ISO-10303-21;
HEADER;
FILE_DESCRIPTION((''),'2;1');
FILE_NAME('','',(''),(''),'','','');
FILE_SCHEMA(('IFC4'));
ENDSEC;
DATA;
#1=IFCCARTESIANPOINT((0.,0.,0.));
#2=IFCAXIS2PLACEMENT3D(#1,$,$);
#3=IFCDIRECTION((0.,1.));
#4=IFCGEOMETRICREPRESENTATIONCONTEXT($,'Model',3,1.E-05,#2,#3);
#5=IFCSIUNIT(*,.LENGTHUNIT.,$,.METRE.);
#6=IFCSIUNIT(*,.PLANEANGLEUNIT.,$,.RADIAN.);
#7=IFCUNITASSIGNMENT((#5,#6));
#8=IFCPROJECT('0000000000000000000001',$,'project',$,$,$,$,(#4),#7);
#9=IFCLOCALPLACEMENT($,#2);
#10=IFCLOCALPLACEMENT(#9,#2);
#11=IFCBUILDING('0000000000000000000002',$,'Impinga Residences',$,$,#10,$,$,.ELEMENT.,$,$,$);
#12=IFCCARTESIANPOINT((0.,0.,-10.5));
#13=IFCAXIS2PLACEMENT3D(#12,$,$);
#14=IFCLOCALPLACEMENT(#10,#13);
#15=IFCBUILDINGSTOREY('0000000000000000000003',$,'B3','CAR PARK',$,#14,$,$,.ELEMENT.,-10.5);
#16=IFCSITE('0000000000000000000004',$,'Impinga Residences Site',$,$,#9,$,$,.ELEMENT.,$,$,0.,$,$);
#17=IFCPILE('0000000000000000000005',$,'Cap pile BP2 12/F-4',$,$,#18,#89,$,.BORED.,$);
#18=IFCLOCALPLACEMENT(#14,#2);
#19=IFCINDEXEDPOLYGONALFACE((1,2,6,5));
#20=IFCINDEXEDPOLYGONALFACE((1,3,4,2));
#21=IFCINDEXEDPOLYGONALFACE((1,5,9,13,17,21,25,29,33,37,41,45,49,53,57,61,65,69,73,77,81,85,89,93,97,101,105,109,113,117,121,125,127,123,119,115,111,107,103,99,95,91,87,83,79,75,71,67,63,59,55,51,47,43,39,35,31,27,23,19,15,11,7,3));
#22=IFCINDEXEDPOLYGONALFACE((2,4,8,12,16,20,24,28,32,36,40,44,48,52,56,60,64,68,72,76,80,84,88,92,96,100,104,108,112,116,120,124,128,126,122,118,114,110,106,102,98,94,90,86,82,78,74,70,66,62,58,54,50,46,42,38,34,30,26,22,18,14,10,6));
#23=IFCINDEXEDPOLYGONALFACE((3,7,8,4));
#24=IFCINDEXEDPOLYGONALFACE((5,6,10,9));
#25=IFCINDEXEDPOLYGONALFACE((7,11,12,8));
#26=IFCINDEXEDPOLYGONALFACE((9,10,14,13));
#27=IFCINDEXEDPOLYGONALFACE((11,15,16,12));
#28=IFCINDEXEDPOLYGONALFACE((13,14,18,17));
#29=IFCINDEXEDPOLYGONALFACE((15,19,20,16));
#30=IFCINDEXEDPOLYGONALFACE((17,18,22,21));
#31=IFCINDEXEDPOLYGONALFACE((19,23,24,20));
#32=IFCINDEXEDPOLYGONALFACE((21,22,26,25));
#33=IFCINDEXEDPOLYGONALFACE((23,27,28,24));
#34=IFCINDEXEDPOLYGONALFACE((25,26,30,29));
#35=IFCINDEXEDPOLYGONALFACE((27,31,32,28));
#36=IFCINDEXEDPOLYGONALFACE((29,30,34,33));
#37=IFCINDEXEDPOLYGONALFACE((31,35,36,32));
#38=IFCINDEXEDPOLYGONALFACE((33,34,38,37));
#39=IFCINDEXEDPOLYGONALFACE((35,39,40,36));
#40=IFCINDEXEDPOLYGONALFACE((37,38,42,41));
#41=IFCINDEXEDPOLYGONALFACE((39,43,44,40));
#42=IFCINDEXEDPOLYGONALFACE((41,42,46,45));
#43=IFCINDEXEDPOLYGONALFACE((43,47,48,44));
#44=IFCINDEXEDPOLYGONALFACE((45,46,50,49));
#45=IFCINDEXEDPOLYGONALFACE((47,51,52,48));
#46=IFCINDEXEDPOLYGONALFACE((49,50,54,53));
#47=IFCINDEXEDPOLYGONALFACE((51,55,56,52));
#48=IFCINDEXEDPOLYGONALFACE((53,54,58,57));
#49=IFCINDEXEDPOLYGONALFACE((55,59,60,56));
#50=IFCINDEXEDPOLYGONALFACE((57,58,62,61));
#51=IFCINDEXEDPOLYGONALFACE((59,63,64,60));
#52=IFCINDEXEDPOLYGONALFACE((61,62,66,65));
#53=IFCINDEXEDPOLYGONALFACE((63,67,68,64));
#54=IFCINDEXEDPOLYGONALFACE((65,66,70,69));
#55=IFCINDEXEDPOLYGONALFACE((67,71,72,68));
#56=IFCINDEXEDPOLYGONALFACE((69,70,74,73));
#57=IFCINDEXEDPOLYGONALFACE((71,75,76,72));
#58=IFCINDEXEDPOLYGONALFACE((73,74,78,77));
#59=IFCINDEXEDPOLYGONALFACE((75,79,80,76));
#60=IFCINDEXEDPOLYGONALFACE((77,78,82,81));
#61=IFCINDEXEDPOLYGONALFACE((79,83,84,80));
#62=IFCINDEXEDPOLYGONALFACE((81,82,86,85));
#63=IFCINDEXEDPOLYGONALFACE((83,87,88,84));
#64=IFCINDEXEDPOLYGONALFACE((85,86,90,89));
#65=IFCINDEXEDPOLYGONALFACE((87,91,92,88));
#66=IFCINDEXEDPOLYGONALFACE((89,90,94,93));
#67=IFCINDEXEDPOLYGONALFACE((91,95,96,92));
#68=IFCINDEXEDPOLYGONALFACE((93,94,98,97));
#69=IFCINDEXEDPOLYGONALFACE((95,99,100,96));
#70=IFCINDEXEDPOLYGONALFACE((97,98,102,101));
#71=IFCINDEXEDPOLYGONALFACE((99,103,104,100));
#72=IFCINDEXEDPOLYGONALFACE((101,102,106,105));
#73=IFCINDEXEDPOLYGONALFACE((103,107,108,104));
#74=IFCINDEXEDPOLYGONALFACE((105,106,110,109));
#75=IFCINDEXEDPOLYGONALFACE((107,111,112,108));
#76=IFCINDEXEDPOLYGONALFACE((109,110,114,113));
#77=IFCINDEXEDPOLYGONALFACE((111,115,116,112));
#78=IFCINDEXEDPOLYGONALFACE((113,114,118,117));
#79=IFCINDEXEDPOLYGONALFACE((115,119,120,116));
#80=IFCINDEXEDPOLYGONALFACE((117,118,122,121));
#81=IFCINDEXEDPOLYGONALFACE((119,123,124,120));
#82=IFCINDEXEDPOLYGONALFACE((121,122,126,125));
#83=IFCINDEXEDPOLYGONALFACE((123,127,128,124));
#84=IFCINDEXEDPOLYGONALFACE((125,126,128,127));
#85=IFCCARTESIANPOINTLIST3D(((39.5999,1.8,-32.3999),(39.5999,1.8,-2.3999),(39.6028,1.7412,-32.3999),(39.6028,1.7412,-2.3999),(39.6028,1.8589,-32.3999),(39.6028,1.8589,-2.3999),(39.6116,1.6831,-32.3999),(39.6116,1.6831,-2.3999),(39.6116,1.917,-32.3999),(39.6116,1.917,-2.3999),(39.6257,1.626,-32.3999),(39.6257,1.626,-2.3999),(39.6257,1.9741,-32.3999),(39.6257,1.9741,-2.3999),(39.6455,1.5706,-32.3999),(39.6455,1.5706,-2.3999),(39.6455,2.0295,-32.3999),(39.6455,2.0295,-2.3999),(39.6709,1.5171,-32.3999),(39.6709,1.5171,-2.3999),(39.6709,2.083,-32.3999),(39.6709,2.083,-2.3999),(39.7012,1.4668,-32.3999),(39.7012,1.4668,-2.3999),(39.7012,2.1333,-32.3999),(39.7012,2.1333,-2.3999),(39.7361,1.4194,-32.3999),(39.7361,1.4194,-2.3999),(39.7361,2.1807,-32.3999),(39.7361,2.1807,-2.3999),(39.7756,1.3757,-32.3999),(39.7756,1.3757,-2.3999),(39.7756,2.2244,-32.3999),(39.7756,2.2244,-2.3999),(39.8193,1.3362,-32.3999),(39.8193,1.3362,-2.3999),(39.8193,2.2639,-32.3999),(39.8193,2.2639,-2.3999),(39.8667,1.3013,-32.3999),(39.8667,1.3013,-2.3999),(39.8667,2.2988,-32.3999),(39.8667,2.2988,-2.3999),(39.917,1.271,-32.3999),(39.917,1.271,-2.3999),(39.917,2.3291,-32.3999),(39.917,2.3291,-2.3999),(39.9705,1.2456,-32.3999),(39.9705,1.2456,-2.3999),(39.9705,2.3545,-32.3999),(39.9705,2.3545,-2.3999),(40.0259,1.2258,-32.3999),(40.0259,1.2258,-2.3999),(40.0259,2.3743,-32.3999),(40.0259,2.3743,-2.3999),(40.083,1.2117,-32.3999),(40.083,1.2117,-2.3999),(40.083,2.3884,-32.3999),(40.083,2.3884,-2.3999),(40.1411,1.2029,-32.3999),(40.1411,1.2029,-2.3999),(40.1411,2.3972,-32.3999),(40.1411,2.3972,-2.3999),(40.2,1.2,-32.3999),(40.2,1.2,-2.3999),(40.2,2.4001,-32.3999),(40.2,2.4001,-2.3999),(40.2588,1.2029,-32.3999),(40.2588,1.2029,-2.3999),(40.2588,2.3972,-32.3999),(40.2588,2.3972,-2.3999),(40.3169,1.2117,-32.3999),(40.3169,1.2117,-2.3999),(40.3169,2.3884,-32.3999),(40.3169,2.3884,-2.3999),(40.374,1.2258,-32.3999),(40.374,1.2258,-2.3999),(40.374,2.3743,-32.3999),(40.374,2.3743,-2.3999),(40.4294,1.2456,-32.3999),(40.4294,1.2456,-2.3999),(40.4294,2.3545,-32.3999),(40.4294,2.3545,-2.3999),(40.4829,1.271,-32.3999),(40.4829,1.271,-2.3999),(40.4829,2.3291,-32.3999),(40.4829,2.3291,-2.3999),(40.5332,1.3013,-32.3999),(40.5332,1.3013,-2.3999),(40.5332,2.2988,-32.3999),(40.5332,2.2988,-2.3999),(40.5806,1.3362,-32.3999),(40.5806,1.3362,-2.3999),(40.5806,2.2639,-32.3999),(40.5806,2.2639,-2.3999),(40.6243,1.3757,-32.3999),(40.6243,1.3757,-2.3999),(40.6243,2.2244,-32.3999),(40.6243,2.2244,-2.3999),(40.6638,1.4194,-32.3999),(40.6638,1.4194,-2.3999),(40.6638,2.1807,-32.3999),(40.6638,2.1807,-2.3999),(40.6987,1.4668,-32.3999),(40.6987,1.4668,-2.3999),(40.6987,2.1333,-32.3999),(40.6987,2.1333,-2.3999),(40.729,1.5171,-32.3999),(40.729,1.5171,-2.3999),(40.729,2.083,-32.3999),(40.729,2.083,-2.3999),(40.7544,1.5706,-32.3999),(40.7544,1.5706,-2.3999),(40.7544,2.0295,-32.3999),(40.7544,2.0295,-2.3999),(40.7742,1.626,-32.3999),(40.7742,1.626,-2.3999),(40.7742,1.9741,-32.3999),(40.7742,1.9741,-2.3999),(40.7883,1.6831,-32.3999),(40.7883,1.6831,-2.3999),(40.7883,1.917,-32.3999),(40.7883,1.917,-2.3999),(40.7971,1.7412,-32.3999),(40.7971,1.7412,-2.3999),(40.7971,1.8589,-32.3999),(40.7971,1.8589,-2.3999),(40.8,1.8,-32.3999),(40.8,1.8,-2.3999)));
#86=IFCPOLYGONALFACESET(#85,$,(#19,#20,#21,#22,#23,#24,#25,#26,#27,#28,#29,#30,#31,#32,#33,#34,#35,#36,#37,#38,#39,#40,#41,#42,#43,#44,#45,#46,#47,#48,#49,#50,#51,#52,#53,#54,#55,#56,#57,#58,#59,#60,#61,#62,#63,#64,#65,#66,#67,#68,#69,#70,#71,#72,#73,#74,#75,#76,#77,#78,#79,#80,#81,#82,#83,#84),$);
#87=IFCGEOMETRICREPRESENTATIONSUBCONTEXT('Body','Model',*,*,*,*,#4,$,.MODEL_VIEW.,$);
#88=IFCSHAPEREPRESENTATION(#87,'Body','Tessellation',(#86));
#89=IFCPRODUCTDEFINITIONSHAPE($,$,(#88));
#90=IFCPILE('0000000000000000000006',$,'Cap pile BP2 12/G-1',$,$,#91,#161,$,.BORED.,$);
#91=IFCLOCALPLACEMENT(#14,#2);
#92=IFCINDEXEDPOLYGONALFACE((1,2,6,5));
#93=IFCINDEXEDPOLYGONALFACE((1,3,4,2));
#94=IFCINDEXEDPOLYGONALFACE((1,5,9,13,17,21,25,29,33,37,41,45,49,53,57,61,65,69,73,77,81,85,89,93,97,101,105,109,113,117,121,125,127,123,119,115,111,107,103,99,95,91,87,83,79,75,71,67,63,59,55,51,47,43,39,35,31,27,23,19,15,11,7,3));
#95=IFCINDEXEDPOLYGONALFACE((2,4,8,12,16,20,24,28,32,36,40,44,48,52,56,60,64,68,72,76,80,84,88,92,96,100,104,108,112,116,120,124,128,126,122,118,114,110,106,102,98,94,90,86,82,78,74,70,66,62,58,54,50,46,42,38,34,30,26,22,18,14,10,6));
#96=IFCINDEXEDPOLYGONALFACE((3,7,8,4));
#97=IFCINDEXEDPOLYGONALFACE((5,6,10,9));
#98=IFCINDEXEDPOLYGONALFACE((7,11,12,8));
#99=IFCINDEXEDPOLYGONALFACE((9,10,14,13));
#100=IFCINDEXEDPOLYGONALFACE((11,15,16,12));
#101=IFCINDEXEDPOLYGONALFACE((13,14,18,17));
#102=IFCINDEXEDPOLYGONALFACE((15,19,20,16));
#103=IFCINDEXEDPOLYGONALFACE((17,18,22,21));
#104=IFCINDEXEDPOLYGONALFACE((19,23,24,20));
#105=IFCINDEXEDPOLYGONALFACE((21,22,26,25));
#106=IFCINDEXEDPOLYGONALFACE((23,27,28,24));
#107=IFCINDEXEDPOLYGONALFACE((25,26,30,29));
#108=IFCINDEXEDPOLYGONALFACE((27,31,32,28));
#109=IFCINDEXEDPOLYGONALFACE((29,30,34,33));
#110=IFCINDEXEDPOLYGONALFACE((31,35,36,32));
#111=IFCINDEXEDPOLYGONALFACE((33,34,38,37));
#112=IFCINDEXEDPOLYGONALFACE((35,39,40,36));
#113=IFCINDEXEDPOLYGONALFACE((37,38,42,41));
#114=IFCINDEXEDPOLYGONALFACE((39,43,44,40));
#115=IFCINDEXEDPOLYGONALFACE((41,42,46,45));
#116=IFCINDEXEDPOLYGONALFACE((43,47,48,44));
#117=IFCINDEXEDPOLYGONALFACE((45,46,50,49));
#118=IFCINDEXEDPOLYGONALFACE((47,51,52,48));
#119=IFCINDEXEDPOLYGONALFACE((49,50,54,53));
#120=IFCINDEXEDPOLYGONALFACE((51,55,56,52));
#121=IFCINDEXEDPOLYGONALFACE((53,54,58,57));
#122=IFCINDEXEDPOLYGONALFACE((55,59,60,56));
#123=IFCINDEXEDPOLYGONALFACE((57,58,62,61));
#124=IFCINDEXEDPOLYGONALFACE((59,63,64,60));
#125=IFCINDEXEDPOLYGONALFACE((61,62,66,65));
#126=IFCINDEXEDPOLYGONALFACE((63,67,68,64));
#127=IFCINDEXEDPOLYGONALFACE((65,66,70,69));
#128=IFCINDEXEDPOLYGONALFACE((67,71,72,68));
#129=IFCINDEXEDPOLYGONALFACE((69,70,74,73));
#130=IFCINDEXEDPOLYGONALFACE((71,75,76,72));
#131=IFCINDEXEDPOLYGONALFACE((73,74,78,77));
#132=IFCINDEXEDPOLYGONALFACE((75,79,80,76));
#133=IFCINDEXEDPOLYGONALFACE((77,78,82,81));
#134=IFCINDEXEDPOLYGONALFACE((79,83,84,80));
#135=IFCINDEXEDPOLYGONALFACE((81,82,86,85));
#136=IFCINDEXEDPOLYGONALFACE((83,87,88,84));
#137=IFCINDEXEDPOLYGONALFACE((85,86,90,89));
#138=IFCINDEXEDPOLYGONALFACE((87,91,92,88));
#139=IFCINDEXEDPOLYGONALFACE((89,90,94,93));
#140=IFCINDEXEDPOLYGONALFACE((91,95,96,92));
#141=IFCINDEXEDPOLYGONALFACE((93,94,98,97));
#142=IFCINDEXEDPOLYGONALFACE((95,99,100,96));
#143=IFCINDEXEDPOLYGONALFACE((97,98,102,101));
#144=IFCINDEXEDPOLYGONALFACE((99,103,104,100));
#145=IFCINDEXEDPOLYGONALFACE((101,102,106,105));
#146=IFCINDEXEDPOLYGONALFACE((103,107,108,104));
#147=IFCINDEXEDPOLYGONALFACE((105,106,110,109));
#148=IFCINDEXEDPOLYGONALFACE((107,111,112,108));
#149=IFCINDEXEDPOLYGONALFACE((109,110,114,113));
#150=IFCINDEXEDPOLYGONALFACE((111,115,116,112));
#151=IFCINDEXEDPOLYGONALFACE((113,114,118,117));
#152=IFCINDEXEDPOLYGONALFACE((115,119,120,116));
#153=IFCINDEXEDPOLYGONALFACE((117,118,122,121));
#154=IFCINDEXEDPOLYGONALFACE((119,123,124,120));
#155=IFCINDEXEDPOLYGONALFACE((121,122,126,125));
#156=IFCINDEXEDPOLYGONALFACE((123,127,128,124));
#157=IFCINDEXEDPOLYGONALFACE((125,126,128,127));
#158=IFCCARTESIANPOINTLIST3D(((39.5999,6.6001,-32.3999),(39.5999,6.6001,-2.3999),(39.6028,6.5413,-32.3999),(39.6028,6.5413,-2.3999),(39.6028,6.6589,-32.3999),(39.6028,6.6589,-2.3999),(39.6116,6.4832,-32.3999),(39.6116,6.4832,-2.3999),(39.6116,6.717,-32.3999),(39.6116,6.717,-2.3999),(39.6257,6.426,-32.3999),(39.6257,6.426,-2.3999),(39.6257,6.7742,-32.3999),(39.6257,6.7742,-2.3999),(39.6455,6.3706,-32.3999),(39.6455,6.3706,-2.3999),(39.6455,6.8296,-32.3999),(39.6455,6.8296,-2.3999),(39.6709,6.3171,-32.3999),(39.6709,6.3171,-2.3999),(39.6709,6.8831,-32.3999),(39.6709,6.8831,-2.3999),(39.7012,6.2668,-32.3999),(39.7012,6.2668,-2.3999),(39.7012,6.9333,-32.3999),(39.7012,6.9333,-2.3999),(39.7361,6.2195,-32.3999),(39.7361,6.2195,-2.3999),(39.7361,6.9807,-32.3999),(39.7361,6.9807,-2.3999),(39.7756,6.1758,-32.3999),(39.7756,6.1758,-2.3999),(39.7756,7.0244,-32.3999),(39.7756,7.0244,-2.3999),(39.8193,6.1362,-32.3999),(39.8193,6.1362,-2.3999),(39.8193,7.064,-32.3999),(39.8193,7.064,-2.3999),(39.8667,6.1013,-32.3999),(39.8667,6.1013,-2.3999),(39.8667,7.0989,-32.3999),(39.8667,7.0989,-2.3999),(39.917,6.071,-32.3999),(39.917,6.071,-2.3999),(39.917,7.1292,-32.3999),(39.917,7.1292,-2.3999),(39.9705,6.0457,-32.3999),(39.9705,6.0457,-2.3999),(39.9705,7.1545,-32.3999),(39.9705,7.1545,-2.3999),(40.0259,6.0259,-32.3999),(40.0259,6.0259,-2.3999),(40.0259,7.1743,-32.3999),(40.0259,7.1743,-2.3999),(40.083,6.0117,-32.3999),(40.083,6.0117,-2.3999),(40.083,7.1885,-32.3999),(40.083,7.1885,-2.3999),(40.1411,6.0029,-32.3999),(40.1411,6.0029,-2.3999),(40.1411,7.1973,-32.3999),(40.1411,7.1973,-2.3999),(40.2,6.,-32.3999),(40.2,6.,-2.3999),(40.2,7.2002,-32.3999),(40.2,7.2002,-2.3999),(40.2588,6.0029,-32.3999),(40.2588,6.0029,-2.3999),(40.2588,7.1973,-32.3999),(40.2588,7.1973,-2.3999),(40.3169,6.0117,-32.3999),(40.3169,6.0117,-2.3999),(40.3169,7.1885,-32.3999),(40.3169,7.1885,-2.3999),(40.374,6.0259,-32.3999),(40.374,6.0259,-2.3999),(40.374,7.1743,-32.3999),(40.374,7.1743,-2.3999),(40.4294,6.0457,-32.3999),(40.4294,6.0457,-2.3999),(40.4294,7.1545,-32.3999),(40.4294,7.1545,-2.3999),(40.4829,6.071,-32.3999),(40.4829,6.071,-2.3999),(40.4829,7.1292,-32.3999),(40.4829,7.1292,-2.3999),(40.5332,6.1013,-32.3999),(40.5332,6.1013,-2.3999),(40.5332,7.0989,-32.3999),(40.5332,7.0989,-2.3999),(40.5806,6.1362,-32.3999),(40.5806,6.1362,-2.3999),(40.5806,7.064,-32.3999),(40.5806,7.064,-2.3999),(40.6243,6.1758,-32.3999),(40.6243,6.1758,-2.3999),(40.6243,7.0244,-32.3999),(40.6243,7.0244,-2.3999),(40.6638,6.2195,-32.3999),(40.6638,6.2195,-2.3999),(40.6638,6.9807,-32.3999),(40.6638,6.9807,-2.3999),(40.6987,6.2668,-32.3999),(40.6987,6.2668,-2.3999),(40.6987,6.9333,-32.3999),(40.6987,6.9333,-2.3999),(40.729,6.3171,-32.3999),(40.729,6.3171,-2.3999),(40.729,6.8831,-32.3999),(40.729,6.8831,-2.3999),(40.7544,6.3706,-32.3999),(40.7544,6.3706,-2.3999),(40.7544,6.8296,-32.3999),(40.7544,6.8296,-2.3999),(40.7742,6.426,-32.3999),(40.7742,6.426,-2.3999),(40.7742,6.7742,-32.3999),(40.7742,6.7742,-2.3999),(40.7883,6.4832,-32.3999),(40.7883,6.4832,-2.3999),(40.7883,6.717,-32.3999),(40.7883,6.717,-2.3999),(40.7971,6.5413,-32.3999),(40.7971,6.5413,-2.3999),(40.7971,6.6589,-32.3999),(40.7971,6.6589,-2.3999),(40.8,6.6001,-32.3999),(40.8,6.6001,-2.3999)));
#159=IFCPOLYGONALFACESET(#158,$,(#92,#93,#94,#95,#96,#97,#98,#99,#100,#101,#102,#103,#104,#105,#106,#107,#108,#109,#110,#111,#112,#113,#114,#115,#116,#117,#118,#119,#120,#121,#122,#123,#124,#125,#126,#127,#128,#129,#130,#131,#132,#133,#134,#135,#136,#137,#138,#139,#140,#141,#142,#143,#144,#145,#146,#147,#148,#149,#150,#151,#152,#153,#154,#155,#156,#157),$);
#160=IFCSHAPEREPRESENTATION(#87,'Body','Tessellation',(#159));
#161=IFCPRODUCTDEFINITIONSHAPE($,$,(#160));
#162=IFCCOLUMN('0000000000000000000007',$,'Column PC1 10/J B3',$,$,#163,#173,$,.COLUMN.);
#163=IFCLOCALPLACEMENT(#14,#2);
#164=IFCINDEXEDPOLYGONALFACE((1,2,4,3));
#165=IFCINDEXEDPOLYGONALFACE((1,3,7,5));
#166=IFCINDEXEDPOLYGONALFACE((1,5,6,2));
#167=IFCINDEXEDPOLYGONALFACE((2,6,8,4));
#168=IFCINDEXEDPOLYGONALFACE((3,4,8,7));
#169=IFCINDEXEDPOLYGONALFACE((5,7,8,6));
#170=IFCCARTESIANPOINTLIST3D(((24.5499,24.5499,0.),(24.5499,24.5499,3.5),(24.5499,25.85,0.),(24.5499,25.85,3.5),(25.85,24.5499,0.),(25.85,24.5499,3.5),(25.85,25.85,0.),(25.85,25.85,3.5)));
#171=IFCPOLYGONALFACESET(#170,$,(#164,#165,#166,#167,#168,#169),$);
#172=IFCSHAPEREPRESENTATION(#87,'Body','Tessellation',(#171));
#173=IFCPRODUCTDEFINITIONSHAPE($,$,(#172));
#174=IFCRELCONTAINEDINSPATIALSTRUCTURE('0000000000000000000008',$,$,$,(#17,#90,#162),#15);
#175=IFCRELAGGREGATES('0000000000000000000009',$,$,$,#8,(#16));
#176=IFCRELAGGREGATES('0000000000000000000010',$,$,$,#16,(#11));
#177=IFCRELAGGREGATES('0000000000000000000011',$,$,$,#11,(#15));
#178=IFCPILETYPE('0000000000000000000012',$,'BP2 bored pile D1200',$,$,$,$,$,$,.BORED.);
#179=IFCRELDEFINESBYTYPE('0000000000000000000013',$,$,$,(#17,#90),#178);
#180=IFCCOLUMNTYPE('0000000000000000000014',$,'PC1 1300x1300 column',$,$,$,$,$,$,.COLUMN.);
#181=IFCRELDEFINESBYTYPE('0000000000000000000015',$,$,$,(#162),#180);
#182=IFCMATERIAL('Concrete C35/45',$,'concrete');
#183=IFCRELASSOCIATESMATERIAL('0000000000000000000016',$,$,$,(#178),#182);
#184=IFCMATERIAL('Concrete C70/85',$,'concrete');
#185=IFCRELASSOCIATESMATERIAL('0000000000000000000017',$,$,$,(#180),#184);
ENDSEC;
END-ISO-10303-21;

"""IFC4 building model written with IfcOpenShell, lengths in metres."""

from ifc_helpers import new_model, si_unit, direction, frame, origin, origin_2d, place, context, subcontext, project, spatial, polyline, rectangle, circle, outline, extrude, material, material_profile, profile_set, type_object, element, save


model = new_model("IFC4")

# Units and contexts
model_context = context("Model", 3, precision=1e-05, world=origin(), true_north=direction((0.0, 1.0)))
body_context = subcontext(model_context, "Body", "Model", "MODEL_VIEW")
ifc_project = project(units=[si_unit("LENGTHUNIT", "METRE"), si_unit("PLANEANGLEUNIT", "RADIAN")], contexts=[model_context])

# Site, building, storey
site_placement = place(None, origin())
site = spatial("IfcSite", under=ifc_project, at=site_placement, Name="Impinga Residences Site", CompositionType="ELEMENT", RefElevation=0.0)
building_placement = place(site_placement, origin())
building = spatial("IfcBuilding", under=site, at=building_placement, Name="Impinga Residences", CompositionType="ELEMENT")
storey_placement = place(building_placement, frame((0.0, 0.0, -10.5)))
storey = spatial("IfcBuildingStorey", under=building, at=storey_placement, Name="B3", Description="CAR PARK", CompositionType="ELEMENT", Elevation=-10.5)

# Piles
ifc_material_1 = material(Name="Concrete C35/45", Category="concrete")
ifc_material_profile_1 = material_profile(ifc_material_1, circle(Radius=0.6001, at=origin_2d()), Name="D1200")
ifc_profile_set_1 = profile_set([ifc_material_profile_1], Name="Concrete C35/45")
pile_type = type_object("IfcPileType", Name="BP2 bored pile D1200", PredefinedType="BORED", material=ifc_profile_set_1)
pile_1_placement = place(storey_placement, frame((40.2, 1.8, -2.3999), z_axis=(0.0, 0.0, -1.0), x_axis=(1.0, 0.0, 0.0)))
element("IfcPile", 1, at=pile_1_placement, inside=storey, type_object=pile_type, Name="Cap pile BP2 12/F-4", PredefinedType="BORED", context=body_context, shape_type="SweptSolid", body=[
    extrude(outline(polyline([(0.6001, 0.0), (0.5972, 0.0588), (0.5884, 0.1169), (0.5742, 0.1741), (0.5544, 0.2295), (0.5291, 0.283), (0.4988, 0.3333), (0.4639, 0.3806), (0.4243, 0.4243), (0.3806, 0.4639), (0.3333, 0.4988), (0.283, 0.5291), (0.2295, 0.5544), (0.1741, 0.5742), (0.1169, 0.5884), (0.0588, 0.5972), (0.0, 0.6001), (-0.0588, 0.5972), (-0.1169, 0.5884), (-0.1741, 0.5742), (-0.2295, 0.5544), (-0.283, 0.5291), (-0.3333, 0.4988), (-0.3806, 0.4639), (-0.4243, 0.4243), (-0.4639, 0.3806), (-0.4988, 0.3333), (-0.5291, 0.283), (-0.5544, 0.2295), (-0.5742, 0.1741), (-0.5884, 0.1169), (-0.5972, 0.0588), (-0.6001, 0.0), (-0.5972, -0.0588), (-0.5884, -0.1169), (-0.5742, -0.1741), (-0.5544, -0.2295), (-0.5291, -0.283), (-0.4988, -0.3333), (-0.4639, -0.3806), (-0.4243, -0.4243), (-0.3806, -0.4639), (-0.3333, -0.4988), (-0.283, -0.5291), (-0.2295, -0.5544), (-0.1741, -0.5742), (-0.1169, -0.5884), (-0.0588, -0.5972), (0.0, -0.6001), (0.0588, -0.5972), (0.1169, -0.5884), (0.1741, -0.5742), (0.2295, -0.5544), (0.283, -0.5291), (0.3333, -0.4988), (0.3806, -0.4639), (0.4243, -0.4243), (0.4639, -0.3806), (0.4988, -0.3333), (0.5291, -0.283), (0.5544, -0.2295), (0.5742, -0.1741), (0.5884, -0.1169), (0.5972, -0.0588), (0.6001, 0.0)])), origin(), (0.0, 0.0, 1.0), 30.0),
])
pile_2_placement = place(storey_placement, frame((40.2, 6.6001, -2.3999), z_axis=(0.0, 0.0, -1.0), x_axis=(1.0, 0.0, 0.0)))
element("IfcPile", 2, at=pile_2_placement, inside=storey, type_object=pile_type, Name="Cap pile BP2 12/G-1", PredefinedType="BORED", context=body_context, shape_type="SweptSolid", body=[
    extrude(outline(polyline([(0.6001, 0.0), (0.5972, 0.0588), (0.5884, 0.1169), (0.5742, 0.1741), (0.5544, 0.2295), (0.5291, 0.283), (0.4988, 0.3333), (0.4639, 0.3806), (0.4243, 0.4243), (0.3806, 0.4639), (0.3333, 0.4988), (0.283, 0.5291), (0.2295, 0.5544), (0.1741, 0.5742), (0.1169, 0.5884), (0.0588, 0.5972), (0.0, 0.6001), (-0.0588, 0.5972), (-0.1169, 0.5884), (-0.1741, 0.5742), (-0.2295, 0.5544), (-0.283, 0.5291), (-0.3333, 0.4988), (-0.3806, 0.4639), (-0.4243, 0.4243), (-0.4639, 0.3806), (-0.4988, 0.3333), (-0.5291, 0.283), (-0.5544, 0.2295), (-0.5742, 0.1741), (-0.5884, 0.1169), (-0.5972, 0.0588), (-0.6001, 0.0), (-0.5972, -0.0588), (-0.5884, -0.1169), (-0.5742, -0.1741), (-0.5544, -0.2295), (-0.5291, -0.283), (-0.4988, -0.3333), (-0.4639, -0.3806), (-0.4243, -0.4243), (-0.3806, -0.4639), (-0.3333, -0.4988), (-0.283, -0.5291), (-0.2295, -0.5544), (-0.1741, -0.5742), (-0.1169, -0.5884), (-0.0588, -0.5972), (0.0, -0.6001), (0.0588, -0.5972), (0.1169, -0.5884), (0.1741, -0.5742), (0.2295, -0.5544), (0.283, -0.5291), (0.3333, -0.4988), (0.3806, -0.4639), (0.4243, -0.4243), (0.4639, -0.3806), (0.4988, -0.3333), (0.5291, -0.283), (0.5544, -0.2295), (0.5742, -0.1741), (0.5884, -0.1169), (0.5972, -0.0588), (0.6001, 0.0)])), origin(), (0.0, 0.0, 1.0), 30.0),
])

# Column
ifc_material_2 = material(Name="Concrete C70/85", Category="concrete")
ifc_material_profile_2 = material_profile(ifc_material_2, rectangle(XDim=1.3, YDim=1.3, at=origin_2d()), Name="RC 1300x1300")
ifc_profile_set_2 = profile_set([ifc_material_profile_2], Name="Concrete C70/85")
column_type = type_object("IfcColumnType", Name="PC1 1300x1300 column", PredefinedType="COLUMN", material=ifc_profile_set_2)
for number, where, z_axis, x_axis, name in (
    (3, (25.2, 25.2, 0.0), (0.0, 0.0, 1.0), (1.0, 0.0, 0.0), "Column PC1 10/J B3"),
):
    element("IfcColumn", number, at=place(storey_placement, frame(where, z_axis=z_axis, x_axis=x_axis)), inside=storey, type_object=column_type, Name=name, PredefinedType="COLUMN", context=body_context, shape_type="SweptSolid", body=[
        extrude(rectangle(XDim=1.3, YDim=1.3, at=origin_2d()), origin(), (0.0, 0.0, 1.0), 3.5),
    ])

save(model, "model.ifc")
